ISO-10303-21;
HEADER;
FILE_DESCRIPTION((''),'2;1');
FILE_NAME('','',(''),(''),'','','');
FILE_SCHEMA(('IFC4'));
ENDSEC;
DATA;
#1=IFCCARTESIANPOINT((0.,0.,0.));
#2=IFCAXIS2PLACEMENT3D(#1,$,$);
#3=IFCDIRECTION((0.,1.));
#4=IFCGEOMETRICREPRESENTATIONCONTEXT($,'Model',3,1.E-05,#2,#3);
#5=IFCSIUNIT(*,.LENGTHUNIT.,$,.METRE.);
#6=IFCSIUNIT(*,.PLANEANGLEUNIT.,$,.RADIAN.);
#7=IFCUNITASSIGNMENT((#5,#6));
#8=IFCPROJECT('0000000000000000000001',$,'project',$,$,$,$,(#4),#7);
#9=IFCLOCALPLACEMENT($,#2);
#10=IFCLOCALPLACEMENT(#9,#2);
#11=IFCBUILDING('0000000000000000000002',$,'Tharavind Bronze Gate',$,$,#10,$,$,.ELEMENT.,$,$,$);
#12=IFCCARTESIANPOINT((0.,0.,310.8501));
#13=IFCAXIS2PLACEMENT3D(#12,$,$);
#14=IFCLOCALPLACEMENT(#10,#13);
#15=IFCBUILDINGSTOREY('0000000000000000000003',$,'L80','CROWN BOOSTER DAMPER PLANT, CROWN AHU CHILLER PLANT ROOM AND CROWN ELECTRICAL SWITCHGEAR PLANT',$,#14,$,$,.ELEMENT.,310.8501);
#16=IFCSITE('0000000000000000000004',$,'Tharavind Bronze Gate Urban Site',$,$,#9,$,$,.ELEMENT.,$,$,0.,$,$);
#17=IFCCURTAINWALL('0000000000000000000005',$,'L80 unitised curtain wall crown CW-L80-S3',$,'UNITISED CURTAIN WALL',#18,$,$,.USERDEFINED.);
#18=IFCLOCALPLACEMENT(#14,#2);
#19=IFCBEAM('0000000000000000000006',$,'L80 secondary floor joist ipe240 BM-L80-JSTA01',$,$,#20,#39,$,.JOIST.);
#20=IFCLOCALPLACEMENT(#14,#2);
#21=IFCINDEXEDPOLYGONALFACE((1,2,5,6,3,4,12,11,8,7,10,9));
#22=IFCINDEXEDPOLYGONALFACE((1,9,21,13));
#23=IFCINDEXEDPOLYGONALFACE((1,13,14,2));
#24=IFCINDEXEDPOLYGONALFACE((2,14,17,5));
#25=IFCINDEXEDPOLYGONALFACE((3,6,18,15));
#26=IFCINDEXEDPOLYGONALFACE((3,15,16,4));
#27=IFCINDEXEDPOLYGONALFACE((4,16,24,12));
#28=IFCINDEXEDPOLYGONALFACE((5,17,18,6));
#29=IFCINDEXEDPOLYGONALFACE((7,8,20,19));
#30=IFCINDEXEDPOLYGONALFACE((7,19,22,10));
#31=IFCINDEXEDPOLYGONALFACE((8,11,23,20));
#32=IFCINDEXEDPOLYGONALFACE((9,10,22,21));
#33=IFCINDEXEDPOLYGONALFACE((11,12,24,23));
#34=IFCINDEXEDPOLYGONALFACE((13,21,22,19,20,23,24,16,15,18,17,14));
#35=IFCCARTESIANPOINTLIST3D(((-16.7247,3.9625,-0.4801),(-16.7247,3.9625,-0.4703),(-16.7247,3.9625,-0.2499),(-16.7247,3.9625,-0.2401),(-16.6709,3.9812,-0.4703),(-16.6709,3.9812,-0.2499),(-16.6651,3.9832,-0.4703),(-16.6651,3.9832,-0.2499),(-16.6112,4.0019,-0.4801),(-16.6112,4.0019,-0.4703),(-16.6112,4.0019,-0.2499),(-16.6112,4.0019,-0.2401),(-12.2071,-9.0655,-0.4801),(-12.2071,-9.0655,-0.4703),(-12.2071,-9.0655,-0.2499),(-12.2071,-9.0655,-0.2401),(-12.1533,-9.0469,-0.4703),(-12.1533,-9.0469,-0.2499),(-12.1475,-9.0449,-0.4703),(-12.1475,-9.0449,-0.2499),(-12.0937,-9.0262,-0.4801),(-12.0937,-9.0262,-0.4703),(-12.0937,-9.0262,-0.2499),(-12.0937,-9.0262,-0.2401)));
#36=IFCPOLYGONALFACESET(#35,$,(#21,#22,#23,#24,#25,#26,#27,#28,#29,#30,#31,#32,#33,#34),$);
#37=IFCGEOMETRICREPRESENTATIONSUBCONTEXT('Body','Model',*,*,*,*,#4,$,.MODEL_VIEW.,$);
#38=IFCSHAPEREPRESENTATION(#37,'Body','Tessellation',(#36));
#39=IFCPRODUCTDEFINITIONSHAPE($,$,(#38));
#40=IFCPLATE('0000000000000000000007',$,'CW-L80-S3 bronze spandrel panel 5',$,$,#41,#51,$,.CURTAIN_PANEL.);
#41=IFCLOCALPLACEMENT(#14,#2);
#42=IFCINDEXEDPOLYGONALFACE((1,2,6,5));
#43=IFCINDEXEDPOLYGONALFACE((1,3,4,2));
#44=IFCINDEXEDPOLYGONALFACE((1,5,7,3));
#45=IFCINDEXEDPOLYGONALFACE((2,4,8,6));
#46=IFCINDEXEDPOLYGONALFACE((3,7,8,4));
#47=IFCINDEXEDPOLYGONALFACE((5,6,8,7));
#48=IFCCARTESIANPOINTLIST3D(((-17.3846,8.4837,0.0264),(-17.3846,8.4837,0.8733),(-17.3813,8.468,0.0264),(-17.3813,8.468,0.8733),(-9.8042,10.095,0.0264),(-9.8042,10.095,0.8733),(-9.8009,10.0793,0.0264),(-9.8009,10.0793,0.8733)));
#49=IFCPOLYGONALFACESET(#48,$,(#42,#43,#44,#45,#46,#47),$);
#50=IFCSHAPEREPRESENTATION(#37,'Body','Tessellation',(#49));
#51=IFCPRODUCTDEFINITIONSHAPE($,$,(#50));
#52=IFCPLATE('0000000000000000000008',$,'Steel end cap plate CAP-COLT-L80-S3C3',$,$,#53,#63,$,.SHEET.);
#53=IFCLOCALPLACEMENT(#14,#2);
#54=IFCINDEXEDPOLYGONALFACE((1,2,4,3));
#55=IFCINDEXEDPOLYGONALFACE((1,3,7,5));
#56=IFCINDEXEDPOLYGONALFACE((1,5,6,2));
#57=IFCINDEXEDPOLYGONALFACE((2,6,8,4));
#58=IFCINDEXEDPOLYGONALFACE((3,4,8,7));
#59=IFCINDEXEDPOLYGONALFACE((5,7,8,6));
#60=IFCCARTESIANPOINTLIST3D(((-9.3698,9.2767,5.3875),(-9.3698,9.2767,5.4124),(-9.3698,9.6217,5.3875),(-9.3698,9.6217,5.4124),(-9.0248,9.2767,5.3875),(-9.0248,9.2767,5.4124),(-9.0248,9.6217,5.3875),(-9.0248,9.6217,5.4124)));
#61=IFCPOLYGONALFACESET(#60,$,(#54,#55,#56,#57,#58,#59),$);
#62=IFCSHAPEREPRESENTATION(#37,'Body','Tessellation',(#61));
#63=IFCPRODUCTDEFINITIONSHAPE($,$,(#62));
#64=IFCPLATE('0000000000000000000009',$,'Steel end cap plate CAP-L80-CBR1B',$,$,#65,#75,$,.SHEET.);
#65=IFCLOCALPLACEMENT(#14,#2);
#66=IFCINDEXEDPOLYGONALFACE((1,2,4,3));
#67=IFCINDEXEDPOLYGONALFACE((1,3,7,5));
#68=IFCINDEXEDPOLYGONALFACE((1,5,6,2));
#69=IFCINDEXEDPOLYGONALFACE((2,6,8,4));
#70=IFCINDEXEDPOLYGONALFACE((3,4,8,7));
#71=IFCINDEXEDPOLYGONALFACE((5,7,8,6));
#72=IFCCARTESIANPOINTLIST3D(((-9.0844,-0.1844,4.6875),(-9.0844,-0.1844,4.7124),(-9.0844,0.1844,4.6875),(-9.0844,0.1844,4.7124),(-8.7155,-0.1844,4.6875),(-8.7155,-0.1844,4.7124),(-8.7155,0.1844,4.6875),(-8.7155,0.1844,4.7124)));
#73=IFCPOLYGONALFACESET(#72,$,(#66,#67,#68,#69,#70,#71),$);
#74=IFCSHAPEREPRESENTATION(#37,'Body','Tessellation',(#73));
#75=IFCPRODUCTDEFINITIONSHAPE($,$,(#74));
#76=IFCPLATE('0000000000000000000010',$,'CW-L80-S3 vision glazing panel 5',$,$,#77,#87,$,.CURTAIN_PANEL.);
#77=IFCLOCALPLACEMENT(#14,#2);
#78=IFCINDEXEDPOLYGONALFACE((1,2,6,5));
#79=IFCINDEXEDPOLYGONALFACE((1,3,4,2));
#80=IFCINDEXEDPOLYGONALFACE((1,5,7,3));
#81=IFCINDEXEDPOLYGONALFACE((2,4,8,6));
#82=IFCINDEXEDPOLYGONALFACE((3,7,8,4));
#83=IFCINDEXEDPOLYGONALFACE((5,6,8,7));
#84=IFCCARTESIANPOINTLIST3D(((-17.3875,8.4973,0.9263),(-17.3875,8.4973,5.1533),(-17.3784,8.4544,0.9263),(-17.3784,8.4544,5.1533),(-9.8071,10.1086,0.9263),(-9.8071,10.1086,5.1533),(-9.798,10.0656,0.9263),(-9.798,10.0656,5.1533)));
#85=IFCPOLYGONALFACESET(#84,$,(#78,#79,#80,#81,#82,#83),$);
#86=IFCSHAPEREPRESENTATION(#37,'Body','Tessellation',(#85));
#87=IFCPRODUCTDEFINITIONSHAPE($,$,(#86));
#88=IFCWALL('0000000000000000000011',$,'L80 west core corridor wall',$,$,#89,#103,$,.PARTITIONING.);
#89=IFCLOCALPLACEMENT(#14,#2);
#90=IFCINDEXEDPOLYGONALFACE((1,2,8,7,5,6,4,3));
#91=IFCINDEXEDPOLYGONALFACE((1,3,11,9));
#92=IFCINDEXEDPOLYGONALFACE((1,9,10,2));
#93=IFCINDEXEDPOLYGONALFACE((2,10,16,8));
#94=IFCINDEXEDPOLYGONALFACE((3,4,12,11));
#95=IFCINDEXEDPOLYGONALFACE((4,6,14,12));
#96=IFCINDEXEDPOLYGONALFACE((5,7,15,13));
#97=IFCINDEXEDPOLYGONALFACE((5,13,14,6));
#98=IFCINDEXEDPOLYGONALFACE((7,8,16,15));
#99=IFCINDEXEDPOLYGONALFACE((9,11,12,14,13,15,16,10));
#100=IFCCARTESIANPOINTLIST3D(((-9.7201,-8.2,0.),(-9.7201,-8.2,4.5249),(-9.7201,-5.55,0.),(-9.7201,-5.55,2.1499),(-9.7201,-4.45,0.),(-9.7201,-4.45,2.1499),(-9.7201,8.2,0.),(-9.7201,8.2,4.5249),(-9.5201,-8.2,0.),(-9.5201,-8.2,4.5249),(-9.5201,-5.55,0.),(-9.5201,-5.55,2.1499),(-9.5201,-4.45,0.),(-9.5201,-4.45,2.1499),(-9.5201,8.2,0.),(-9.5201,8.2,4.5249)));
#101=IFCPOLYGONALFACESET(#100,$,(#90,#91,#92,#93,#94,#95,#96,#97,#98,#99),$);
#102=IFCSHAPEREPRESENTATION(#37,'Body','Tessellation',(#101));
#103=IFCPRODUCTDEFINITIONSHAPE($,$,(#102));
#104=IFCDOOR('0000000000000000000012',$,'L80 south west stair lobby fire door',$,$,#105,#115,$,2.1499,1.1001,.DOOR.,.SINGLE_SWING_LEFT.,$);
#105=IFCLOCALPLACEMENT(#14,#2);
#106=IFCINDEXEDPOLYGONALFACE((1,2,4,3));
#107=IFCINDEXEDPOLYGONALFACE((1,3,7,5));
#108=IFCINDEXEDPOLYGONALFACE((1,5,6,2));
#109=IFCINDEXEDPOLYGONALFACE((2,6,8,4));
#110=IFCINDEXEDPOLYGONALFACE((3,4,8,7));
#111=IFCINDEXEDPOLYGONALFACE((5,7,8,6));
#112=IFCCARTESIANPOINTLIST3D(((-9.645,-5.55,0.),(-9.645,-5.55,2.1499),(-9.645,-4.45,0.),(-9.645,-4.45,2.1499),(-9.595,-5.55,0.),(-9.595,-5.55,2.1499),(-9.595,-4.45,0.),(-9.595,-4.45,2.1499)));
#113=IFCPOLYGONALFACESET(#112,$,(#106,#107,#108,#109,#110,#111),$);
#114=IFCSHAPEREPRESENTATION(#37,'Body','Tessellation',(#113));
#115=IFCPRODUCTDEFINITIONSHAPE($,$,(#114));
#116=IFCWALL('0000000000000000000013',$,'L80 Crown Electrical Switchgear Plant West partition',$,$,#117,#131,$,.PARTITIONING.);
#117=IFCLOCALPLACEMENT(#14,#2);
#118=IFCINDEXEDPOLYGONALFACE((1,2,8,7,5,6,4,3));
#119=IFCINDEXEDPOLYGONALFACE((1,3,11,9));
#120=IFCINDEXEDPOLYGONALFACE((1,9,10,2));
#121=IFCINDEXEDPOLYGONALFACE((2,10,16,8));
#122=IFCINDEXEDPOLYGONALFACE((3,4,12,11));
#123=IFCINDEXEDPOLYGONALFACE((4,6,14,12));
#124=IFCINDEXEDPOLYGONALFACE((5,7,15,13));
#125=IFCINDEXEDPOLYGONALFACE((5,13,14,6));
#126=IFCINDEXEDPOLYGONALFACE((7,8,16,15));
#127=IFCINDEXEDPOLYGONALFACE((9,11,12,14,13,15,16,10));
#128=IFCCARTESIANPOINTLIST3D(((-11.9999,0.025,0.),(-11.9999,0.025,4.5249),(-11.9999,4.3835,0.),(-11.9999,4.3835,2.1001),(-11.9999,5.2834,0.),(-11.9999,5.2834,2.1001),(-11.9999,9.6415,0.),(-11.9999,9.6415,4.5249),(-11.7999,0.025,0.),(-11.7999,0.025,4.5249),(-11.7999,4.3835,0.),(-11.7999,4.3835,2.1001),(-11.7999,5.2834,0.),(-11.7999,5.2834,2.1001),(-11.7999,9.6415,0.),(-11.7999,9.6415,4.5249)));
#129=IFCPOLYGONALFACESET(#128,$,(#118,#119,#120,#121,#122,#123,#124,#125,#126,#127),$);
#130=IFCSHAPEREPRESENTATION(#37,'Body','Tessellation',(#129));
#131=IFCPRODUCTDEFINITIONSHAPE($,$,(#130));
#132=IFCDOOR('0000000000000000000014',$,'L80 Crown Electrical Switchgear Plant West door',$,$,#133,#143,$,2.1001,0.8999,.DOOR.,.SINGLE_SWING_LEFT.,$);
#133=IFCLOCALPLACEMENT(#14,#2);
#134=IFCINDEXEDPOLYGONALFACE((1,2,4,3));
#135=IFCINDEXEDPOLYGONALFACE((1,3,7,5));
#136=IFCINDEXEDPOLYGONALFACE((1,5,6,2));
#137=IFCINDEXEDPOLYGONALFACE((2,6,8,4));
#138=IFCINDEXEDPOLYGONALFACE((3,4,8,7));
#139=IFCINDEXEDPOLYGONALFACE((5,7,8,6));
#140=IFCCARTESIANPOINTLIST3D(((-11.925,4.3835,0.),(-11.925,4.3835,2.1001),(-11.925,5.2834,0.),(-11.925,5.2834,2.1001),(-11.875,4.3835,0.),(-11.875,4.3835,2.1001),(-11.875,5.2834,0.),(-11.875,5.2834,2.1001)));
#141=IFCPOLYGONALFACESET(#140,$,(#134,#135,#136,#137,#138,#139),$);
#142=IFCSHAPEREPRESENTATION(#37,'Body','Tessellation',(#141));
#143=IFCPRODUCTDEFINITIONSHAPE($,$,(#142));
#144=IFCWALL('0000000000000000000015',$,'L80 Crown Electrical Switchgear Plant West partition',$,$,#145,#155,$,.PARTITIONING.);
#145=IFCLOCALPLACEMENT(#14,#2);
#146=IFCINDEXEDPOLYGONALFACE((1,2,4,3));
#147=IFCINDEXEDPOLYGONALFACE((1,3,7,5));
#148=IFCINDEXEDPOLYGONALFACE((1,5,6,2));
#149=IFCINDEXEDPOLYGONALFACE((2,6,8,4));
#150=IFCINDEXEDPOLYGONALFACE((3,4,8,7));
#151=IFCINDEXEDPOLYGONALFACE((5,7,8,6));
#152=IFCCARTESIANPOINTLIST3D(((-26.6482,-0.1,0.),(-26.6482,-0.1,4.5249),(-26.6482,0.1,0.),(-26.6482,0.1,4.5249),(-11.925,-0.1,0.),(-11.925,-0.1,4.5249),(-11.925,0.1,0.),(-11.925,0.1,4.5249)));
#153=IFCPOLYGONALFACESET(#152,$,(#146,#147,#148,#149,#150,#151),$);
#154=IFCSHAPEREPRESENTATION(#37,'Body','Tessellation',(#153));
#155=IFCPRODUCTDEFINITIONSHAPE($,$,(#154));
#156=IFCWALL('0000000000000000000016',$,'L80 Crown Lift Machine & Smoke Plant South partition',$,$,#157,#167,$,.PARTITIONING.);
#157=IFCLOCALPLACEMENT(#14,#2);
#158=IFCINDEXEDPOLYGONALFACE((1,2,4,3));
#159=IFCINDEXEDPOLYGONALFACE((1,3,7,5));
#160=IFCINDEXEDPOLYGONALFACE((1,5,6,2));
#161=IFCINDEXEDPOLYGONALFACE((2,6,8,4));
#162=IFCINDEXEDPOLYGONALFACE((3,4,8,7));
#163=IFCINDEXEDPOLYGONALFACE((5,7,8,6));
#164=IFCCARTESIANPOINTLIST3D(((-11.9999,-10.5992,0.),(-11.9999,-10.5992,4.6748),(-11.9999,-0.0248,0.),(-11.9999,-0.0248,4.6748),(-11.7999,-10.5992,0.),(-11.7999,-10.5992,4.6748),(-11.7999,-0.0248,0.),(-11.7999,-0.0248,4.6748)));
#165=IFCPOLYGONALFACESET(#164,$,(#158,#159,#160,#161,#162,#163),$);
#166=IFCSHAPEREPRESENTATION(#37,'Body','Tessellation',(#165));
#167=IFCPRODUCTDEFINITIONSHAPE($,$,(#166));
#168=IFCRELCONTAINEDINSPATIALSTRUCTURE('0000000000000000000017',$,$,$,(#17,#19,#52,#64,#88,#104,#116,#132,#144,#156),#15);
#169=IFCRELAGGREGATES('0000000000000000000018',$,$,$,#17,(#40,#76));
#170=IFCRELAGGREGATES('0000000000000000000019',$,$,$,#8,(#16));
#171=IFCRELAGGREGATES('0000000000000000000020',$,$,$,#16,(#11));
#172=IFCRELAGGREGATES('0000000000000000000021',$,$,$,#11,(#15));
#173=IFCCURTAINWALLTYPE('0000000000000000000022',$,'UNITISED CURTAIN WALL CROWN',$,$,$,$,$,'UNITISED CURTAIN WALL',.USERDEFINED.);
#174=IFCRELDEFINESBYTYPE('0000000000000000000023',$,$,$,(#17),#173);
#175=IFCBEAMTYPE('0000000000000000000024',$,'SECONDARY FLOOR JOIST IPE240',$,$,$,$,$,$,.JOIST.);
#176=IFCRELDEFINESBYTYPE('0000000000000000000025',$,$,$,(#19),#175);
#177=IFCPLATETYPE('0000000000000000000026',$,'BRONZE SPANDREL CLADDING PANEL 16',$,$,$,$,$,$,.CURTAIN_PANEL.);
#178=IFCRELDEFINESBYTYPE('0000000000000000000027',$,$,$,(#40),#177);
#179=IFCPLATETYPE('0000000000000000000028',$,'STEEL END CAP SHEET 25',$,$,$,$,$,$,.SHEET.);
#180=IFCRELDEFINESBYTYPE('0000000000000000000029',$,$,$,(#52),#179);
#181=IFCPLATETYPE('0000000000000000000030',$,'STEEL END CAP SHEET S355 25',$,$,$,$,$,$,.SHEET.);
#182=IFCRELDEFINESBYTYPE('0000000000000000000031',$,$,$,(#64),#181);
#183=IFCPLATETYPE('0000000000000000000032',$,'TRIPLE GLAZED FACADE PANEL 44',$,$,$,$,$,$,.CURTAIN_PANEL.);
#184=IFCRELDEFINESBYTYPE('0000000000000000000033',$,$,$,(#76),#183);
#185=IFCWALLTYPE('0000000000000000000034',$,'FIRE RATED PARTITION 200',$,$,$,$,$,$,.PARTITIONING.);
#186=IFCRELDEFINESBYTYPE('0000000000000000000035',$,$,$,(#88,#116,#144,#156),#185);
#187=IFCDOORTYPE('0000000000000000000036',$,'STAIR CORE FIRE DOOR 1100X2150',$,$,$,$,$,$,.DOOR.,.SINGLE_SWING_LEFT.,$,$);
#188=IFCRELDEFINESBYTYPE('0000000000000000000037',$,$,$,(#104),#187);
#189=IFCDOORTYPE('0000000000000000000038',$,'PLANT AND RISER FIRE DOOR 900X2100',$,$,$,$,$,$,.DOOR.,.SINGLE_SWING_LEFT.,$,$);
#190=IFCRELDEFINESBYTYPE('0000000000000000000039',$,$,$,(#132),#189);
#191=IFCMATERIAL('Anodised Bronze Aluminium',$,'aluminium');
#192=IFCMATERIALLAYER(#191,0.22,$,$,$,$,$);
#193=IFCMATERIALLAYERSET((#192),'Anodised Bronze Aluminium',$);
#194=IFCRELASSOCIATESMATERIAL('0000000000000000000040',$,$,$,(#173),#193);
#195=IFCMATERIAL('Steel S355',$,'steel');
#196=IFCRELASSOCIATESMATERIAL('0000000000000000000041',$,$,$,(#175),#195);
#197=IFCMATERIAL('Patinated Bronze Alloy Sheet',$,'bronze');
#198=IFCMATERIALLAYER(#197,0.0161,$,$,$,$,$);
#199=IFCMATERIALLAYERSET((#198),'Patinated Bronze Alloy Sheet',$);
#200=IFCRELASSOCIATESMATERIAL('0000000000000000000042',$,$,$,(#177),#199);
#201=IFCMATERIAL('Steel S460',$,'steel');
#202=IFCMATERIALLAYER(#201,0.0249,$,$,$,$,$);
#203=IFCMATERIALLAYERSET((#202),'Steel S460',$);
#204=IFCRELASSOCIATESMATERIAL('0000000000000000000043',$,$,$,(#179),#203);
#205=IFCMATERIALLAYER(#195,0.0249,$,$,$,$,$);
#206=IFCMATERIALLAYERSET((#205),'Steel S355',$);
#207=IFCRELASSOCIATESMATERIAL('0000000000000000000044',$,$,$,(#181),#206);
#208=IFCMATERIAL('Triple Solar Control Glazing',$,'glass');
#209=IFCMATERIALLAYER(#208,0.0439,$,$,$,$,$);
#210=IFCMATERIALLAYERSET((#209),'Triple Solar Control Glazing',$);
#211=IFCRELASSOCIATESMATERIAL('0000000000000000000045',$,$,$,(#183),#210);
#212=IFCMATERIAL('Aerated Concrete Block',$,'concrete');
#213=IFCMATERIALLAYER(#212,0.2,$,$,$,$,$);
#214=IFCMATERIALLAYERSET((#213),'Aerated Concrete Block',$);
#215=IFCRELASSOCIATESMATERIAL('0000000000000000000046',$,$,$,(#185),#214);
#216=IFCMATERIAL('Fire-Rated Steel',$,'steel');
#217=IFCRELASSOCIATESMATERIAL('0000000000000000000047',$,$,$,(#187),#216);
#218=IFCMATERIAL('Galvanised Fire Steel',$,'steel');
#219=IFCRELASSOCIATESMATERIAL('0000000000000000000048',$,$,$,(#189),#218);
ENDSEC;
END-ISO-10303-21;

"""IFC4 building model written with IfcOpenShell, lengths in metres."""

from ifc_helpers import new_model, si_unit, direction, frame, frame_2d, origin, origin_2d, place, context, subcontext, project, spatial, rectangle, i_section, extrude, material, layer, layer_set, material_profile, profile_set, type_object, element, fill, aggregate, save


model = new_model("IFC4")

# Units and contexts
model_context = context("Model", 3, precision=1e-05, world=origin(), true_north=direction((0.0, 1.0)))
body_context = subcontext(model_context, "Body", "Model", "MODEL_VIEW")
ifc_project = project(units=[si_unit("LENGTHUNIT", "METRE"), si_unit("PLANEANGLEUNIT", "RADIAN")], contexts=[model_context])

# Site, building, storey
site_placement = place(None, origin())
site = spatial("IfcSite", under=ifc_project, at=site_placement, Name="Tharavind Bronze Gate Urban Site", CompositionType="ELEMENT", RefElevation=0.0)
building_placement = place(site_placement, origin())
building = spatial("IfcBuilding", under=site, at=building_placement, Name="Tharavind Bronze Gate", CompositionType="ELEMENT")
storey_placement = place(building_placement, frame((0.0, 0.0, 310.8501)))
storey = spatial("IfcBuildingStorey", under=building, at=storey_placement, Name="L80", Description="CROWN BOOSTER DAMPER PLANT, CROWN AHU CHILLER PLANT ROOM AND CROWN ELECTRICAL SWITCHGEAR PLANT", CompositionType="ELEMENT", Elevation=310.8501)

# Shared definitions
ifc_material_1 = material(Name="Steel S460", Category="steel")

# Shared definitions
ifc_material_2 = material(Name="Steel S355", Category="steel")

# Curtain wall
ifc_material_3 = material(Name="Anodised Bronze Aluminium", Category="aluminium")
ifc_layer_1 = layer(ifc_material_3, 0.22)
ifc_layer_set_1 = layer_set([ifc_layer_1], Name="Anodised Bronze Aluminium")
curtain_wall_type = type_object("IfcCurtainWallType", Name="UNITISED CURTAIN WALL CROWN", ElementType="UNITISED CURTAIN WALL", PredefinedType="USERDEFINED", material=ifc_layer_set_1)
curtain_wall_placement = place(storey_placement, origin())
curtain_wall = element("IfcCurtainWall", 1, at=curtain_wall_placement, inside=storey, type_object=curtain_wall_type, Name="L80 unitised curtain wall crown CW-L80-S3", ObjectType="UNITISED CURTAIN WALL", PredefinedType="USERDEFINED")

# Beam
ifc_material_profile_1 = material_profile(ifc_material_2, i_section(OverallWidth=0.1201, OverallDepth=0.24, WebThickness=0.0061, FlangeThickness=0.0098, at=origin_2d()), Name="IPE240")
ifc_profile_set_1 = profile_set([ifc_material_profile_1], Name="Steel S355")
beam_type_1 = type_object("IfcBeamType", Name="SECONDARY FLOOR JOIST IPE240", PredefinedType="JOIST", material=ifc_profile_set_1)
beam_1_placement = place(storey_placement, frame((-16.668, 3.9822, -0.3601), z_axis=(0.32762, -0.94481, 0.0), x_axis=(0.94481, 0.32762, 0.0)))
element("IfcBeam", 2, at=beam_1_placement, inside=storey, type_object=beam_type_1, Name="L80 secondary floor joist ipe240 BM-L80-JSTA01", PredefinedType="JOIST", context=body_context, shape_type="SweptSolid", body=[
    extrude(i_section(OverallWidth=0.1201, OverallDepth=0.24, WebThickness=0.0061, FlangeThickness=0.0098, at=origin_2d()), origin(), (0.0, 0.0, 1.0), 13.7891),
])

# Plate
ifc_material_4 = material(Name="Patinated Bronze Alloy Sheet", Category="bronze")
ifc_layer_2 = layer(ifc_material_4, 0.0161)
ifc_layer_set_2 = layer_set([ifc_layer_2], Name="Patinated Bronze Alloy Sheet")
plate_type_1 = type_object("IfcPlateType", Name="BRONZE SPANDREL CLADDING PANEL 16", PredefinedType="CURTAIN_PANEL", material=ifc_layer_set_2)
plate_1_placement = place(storey_placement, frame((-13.5928, 9.2815, 0.0264), z_axis=(0.0, 0.0, 1.0), x_axis=(-0.978147, -0.207913, 0.0)))
plate_1 = element("IfcPlate", 3, at=plate_1_placement, type_object=plate_type_1, Name="CW-L80-S3 bronze spandrel panel 5", PredefinedType="CURTAIN_PANEL", context=body_context, shape_type="SweptSolid", body=[
    extrude(rectangle(XDim=7.7498, YDim=0.0161, at=origin_2d()), origin(), (0.0, 0.0, 1.0), 0.8469),
])

# Plates
ifc_layer_3 = layer(ifc_material_1, 0.0249)
ifc_layer_set_3 = layer_set([ifc_layer_3], Name="Steel S460")
plate_type_2 = type_object("IfcPlateType", Name="STEEL END CAP SHEET 25", PredefinedType="SHEET", material=ifc_layer_set_3)
plate_2_placement = place(storey_placement, frame((-9.1973, 9.4492, 5.3875), z_axis=(0.0, 0.0, 1.0), x_axis=(1.0, 0.0, 0.0)))
element("IfcPlate", 4, at=plate_2_placement, inside=storey, type_object=plate_type_2, Name="Steel end cap plate CAP-COLT-L80-S3C3", PredefinedType="SHEET", context=body_context, shape_type="SweptSolid", body=[
    extrude(rectangle(XDim=0.345, YDim=0.345, at=origin_2d()), origin(), (0.0, 0.0, 1.0), 0.0249),
])
ifc_layer_4 = layer(ifc_material_2, 0.0249)
ifc_layer_set_4 = layer_set([ifc_layer_4], Name="Steel S355")
plate_type_3 = type_object("IfcPlateType", Name="STEEL END CAP SHEET S355 25", PredefinedType="SHEET", material=ifc_layer_set_4)
plate_3_placement = place(storey_placement, frame((-8.8999, 0.0, 4.6875), z_axis=(0.0, 0.0, 1.0), x_axis=(1.0, 0.0, 0.0)))
element("IfcPlate", 5, at=plate_3_placement, inside=storey, type_object=plate_type_3, Name="Steel end cap plate CAP-L80-CBR1B", PredefinedType="SHEET", context=body_context, shape_type="SweptSolid", body=[
    extrude(rectangle(XDim=0.3689, YDim=0.3689, at=origin_2d()), origin(), (0.0, 0.0, 1.0), 0.0249),
])

# Plate
ifc_material_5 = material(Name="Triple Solar Control Glazing", Category="glass")
ifc_layer_5 = layer(ifc_material_5, 0.0439)
ifc_layer_set_5 = layer_set([ifc_layer_5], Name="Triple Solar Control Glazing")
plate_type_4 = type_object("IfcPlateType", Name="TRIPLE GLAZED FACADE PANEL 44", PredefinedType="CURTAIN_PANEL", material=ifc_layer_set_5)
plate_4_placement = place(storey_placement, frame((-13.5928, 9.2815, 0.9263), z_axis=(0.0, 0.0, 1.0), x_axis=(-0.978147, -0.207913, 0.0)))
plate_4 = element("IfcPlate", 6, at=plate_4_placement, type_object=plate_type_4, Name="CW-L80-S3 vision glazing panel 5", PredefinedType="CURTAIN_PANEL", context=body_context, shape_type="SweptSolid", body=[
    extrude(rectangle(XDim=7.7498, YDim=0.0439, at=origin_2d()), origin(), (0.0, 0.0, 1.0), 4.2271),
])
aggregate(curtain_wall, [plate_1, plate_4])

# Walls, openings, doors
ifc_material_6 = material(Name="Aerated Concrete Block", Category="concrete")
ifc_layer_6 = layer(ifc_material_6, 0.2)
ifc_layer_set_6 = layer_set([ifc_layer_6], Name="Aerated Concrete Block")
wall_type = type_object("IfcWallType", Name="FIRE RATED PARTITION 200", PredefinedType="PARTITIONING", material=ifc_layer_set_6)
wall_1_placement = place(storey_placement, frame((-9.6201, 8.2, 0.0), z_axis=(0.0, 0.0, 1.0), x_axis=(0.0, -1.0, 0.0)))
wall_1 = element("IfcWall", 7, at=wall_1_placement, inside=storey, type_object=wall_type, Name="L80 west core corridor wall", PredefinedType="PARTITIONING", context=body_context, shape_type="SweptSolid", body=[
    extrude(rectangle(XDim=16.3999, YDim=0.2, at=frame_2d((8.2, 0.0))), origin(), (0.0, 0.0, 1.0), 4.5249),
])
opening_1_placement = place(wall_1_placement, frame((12.6499, 0.0, 0.0)))
opening_1 = element("IfcOpeningElement", 8, at=opening_1_placement, cuts=wall_1, PredefinedType="OPENING", context=body_context, shape_type="SweptSolid", body=[
    extrude(rectangle(XDim=1.1001, YDim=2.1499, at=frame_2d((0.55, 1.075))), frame((0.0, 0.1101, 0.0), z_axis=(0.0, -1.0, 0.0), x_axis=(1.0, 0.0, 0.0)), (0.0, 0.0, 1.0), 0.22),
])
ifc_material_7 = material(Name="Fire-Rated Steel", Category="steel")
door_type_1 = type_object("IfcDoorType", Name="STAIR CORE FIRE DOOR 1100X2150", OperationType="SINGLE_SWING_LEFT", PredefinedType="DOOR", material=ifc_material_7)
door_1_placement = place(opening_1_placement, frame((1.1001, 0.0, 0.0), z_axis=(0.0, 0.0, 1.0), x_axis=(-1.0, 0.0, 0.0)))
door_1 = element("IfcDoor", 9, at=door_1_placement, inside=storey, type_object=door_type_1, Name="L80 south west stair lobby fire door", OperationType="SINGLE_SWING_LEFT", OverallHeight=2.1499, OverallWidth=1.1001, PredefinedType="DOOR", context=body_context, shape_type="SweptSolid", body=[
    extrude(rectangle(XDim=1.1001, YDim=2.1499, at=frame_2d((0.55, 1.075))), frame((0.0, 0.0249, 0.0), z_axis=(0.0, -1.0, 0.0), x_axis=(1.0, 0.0, 0.0)), (0.0, 0.0, 1.0), 0.05),
])
fill(opening_1, door_1)
wall_2_placement = place(storey_placement, frame((-11.8999, 9.6414, 0.0), z_axis=(0.0, 0.0, 1.0), x_axis=(0.0, -1.0, 0.0)))
wall_2 = element("IfcWall", 10, at=wall_2_placement, inside=storey, type_object=wall_type, Name="L80 Crown Electrical Switchgear Plant West partition", PredefinedType="PARTITIONING", context=body_context, shape_type="SweptSolid", body=[
    extrude(rectangle(XDim=9.6165, YDim=0.2, at=frame_2d((4.8081, 0.0))), origin(), (0.0, 0.0, 1.0), 4.5249),
])
opening_2_placement = place(wall_2_placement, frame((4.3579, 0.0, 0.0)))
opening_2 = element("IfcOpeningElement", 11, at=opening_2_placement, cuts=wall_2, PredefinedType="OPENING", context=body_context, shape_type="SweptSolid", body=[
    extrude(rectangle(XDim=0.8999, YDim=2.1001, at=frame_2d((0.45, 1.05))), frame((0.0, 0.1101, 0.0), z_axis=(0.0, -1.0, 0.0), x_axis=(1.0, 0.0, 0.0)), (0.0, 0.0, 1.0), 0.22),
])
ifc_material_8 = material(Name="Galvanised Fire Steel", Category="steel")
door_type_2 = type_object("IfcDoorType", Name="PLANT AND RISER FIRE DOOR 900X2100", OperationType="SINGLE_SWING_LEFT", PredefinedType="DOOR", material=ifc_material_8)
door_2_placement = place(opening_2_placement, origin())
door_2 = element("IfcDoor", 12, at=door_2_placement, inside=storey, type_object=door_type_2, Name="L80 Crown Electrical Switchgear Plant West door", OperationType="SINGLE_SWING_LEFT", OverallHeight=2.1001, OverallWidth=0.8999, PredefinedType="DOOR", context=body_context, shape_type="SweptSolid", body=[
    extrude(rectangle(XDim=0.8999, YDim=2.1001, at=frame_2d((0.45, 1.05))), frame((0.0, 0.0249, 0.0), z_axis=(0.0, -1.0, 0.0), x_axis=(1.0, 0.0, 0.0)), (0.0, 0.0, 1.0), 0.05),
])
fill(opening_2, door_2)

# Walls
wall_3_placement = place(storey_placement, frame((-11.925, 0.0, 0.0), z_axis=(0.0, 0.0, 1.0), x_axis=(-1.0, 0.0, 0.0)))
element("IfcWall", 13, at=wall_3_placement, inside=storey, type_object=wall_type, Name="L80 Crown Electrical Switchgear Plant West partition", PredefinedType="PARTITIONING", context=body_context, shape_type="SweptSolid", body=[
    extrude(rectangle(XDim=14.7231, YDim=0.2, at=frame_2d((7.3616, 0.0))), origin(), (0.0, 0.0, 1.0), 4.5249),
])
wall_4_placement = place(storey_placement, frame((-11.8999, -0.0249, 0.0), z_axis=(0.0, 0.0, 1.0), x_axis=(0.0, -1.0, 0.0)))
element("IfcWall", 14, at=wall_4_placement, inside=storey, type_object=wall_type, Name="L80 Crown Lift Machine & Smoke Plant South partition", PredefinedType="PARTITIONING", context=body_context, shape_type="SweptSolid", body=[
    extrude(rectangle(XDim=10.5745, YDim=0.2, at=frame_2d((5.2871, 0.0))), origin(), (0.0, 0.0, 1.0), 4.6748),
])

save(model, "model.ifc")
